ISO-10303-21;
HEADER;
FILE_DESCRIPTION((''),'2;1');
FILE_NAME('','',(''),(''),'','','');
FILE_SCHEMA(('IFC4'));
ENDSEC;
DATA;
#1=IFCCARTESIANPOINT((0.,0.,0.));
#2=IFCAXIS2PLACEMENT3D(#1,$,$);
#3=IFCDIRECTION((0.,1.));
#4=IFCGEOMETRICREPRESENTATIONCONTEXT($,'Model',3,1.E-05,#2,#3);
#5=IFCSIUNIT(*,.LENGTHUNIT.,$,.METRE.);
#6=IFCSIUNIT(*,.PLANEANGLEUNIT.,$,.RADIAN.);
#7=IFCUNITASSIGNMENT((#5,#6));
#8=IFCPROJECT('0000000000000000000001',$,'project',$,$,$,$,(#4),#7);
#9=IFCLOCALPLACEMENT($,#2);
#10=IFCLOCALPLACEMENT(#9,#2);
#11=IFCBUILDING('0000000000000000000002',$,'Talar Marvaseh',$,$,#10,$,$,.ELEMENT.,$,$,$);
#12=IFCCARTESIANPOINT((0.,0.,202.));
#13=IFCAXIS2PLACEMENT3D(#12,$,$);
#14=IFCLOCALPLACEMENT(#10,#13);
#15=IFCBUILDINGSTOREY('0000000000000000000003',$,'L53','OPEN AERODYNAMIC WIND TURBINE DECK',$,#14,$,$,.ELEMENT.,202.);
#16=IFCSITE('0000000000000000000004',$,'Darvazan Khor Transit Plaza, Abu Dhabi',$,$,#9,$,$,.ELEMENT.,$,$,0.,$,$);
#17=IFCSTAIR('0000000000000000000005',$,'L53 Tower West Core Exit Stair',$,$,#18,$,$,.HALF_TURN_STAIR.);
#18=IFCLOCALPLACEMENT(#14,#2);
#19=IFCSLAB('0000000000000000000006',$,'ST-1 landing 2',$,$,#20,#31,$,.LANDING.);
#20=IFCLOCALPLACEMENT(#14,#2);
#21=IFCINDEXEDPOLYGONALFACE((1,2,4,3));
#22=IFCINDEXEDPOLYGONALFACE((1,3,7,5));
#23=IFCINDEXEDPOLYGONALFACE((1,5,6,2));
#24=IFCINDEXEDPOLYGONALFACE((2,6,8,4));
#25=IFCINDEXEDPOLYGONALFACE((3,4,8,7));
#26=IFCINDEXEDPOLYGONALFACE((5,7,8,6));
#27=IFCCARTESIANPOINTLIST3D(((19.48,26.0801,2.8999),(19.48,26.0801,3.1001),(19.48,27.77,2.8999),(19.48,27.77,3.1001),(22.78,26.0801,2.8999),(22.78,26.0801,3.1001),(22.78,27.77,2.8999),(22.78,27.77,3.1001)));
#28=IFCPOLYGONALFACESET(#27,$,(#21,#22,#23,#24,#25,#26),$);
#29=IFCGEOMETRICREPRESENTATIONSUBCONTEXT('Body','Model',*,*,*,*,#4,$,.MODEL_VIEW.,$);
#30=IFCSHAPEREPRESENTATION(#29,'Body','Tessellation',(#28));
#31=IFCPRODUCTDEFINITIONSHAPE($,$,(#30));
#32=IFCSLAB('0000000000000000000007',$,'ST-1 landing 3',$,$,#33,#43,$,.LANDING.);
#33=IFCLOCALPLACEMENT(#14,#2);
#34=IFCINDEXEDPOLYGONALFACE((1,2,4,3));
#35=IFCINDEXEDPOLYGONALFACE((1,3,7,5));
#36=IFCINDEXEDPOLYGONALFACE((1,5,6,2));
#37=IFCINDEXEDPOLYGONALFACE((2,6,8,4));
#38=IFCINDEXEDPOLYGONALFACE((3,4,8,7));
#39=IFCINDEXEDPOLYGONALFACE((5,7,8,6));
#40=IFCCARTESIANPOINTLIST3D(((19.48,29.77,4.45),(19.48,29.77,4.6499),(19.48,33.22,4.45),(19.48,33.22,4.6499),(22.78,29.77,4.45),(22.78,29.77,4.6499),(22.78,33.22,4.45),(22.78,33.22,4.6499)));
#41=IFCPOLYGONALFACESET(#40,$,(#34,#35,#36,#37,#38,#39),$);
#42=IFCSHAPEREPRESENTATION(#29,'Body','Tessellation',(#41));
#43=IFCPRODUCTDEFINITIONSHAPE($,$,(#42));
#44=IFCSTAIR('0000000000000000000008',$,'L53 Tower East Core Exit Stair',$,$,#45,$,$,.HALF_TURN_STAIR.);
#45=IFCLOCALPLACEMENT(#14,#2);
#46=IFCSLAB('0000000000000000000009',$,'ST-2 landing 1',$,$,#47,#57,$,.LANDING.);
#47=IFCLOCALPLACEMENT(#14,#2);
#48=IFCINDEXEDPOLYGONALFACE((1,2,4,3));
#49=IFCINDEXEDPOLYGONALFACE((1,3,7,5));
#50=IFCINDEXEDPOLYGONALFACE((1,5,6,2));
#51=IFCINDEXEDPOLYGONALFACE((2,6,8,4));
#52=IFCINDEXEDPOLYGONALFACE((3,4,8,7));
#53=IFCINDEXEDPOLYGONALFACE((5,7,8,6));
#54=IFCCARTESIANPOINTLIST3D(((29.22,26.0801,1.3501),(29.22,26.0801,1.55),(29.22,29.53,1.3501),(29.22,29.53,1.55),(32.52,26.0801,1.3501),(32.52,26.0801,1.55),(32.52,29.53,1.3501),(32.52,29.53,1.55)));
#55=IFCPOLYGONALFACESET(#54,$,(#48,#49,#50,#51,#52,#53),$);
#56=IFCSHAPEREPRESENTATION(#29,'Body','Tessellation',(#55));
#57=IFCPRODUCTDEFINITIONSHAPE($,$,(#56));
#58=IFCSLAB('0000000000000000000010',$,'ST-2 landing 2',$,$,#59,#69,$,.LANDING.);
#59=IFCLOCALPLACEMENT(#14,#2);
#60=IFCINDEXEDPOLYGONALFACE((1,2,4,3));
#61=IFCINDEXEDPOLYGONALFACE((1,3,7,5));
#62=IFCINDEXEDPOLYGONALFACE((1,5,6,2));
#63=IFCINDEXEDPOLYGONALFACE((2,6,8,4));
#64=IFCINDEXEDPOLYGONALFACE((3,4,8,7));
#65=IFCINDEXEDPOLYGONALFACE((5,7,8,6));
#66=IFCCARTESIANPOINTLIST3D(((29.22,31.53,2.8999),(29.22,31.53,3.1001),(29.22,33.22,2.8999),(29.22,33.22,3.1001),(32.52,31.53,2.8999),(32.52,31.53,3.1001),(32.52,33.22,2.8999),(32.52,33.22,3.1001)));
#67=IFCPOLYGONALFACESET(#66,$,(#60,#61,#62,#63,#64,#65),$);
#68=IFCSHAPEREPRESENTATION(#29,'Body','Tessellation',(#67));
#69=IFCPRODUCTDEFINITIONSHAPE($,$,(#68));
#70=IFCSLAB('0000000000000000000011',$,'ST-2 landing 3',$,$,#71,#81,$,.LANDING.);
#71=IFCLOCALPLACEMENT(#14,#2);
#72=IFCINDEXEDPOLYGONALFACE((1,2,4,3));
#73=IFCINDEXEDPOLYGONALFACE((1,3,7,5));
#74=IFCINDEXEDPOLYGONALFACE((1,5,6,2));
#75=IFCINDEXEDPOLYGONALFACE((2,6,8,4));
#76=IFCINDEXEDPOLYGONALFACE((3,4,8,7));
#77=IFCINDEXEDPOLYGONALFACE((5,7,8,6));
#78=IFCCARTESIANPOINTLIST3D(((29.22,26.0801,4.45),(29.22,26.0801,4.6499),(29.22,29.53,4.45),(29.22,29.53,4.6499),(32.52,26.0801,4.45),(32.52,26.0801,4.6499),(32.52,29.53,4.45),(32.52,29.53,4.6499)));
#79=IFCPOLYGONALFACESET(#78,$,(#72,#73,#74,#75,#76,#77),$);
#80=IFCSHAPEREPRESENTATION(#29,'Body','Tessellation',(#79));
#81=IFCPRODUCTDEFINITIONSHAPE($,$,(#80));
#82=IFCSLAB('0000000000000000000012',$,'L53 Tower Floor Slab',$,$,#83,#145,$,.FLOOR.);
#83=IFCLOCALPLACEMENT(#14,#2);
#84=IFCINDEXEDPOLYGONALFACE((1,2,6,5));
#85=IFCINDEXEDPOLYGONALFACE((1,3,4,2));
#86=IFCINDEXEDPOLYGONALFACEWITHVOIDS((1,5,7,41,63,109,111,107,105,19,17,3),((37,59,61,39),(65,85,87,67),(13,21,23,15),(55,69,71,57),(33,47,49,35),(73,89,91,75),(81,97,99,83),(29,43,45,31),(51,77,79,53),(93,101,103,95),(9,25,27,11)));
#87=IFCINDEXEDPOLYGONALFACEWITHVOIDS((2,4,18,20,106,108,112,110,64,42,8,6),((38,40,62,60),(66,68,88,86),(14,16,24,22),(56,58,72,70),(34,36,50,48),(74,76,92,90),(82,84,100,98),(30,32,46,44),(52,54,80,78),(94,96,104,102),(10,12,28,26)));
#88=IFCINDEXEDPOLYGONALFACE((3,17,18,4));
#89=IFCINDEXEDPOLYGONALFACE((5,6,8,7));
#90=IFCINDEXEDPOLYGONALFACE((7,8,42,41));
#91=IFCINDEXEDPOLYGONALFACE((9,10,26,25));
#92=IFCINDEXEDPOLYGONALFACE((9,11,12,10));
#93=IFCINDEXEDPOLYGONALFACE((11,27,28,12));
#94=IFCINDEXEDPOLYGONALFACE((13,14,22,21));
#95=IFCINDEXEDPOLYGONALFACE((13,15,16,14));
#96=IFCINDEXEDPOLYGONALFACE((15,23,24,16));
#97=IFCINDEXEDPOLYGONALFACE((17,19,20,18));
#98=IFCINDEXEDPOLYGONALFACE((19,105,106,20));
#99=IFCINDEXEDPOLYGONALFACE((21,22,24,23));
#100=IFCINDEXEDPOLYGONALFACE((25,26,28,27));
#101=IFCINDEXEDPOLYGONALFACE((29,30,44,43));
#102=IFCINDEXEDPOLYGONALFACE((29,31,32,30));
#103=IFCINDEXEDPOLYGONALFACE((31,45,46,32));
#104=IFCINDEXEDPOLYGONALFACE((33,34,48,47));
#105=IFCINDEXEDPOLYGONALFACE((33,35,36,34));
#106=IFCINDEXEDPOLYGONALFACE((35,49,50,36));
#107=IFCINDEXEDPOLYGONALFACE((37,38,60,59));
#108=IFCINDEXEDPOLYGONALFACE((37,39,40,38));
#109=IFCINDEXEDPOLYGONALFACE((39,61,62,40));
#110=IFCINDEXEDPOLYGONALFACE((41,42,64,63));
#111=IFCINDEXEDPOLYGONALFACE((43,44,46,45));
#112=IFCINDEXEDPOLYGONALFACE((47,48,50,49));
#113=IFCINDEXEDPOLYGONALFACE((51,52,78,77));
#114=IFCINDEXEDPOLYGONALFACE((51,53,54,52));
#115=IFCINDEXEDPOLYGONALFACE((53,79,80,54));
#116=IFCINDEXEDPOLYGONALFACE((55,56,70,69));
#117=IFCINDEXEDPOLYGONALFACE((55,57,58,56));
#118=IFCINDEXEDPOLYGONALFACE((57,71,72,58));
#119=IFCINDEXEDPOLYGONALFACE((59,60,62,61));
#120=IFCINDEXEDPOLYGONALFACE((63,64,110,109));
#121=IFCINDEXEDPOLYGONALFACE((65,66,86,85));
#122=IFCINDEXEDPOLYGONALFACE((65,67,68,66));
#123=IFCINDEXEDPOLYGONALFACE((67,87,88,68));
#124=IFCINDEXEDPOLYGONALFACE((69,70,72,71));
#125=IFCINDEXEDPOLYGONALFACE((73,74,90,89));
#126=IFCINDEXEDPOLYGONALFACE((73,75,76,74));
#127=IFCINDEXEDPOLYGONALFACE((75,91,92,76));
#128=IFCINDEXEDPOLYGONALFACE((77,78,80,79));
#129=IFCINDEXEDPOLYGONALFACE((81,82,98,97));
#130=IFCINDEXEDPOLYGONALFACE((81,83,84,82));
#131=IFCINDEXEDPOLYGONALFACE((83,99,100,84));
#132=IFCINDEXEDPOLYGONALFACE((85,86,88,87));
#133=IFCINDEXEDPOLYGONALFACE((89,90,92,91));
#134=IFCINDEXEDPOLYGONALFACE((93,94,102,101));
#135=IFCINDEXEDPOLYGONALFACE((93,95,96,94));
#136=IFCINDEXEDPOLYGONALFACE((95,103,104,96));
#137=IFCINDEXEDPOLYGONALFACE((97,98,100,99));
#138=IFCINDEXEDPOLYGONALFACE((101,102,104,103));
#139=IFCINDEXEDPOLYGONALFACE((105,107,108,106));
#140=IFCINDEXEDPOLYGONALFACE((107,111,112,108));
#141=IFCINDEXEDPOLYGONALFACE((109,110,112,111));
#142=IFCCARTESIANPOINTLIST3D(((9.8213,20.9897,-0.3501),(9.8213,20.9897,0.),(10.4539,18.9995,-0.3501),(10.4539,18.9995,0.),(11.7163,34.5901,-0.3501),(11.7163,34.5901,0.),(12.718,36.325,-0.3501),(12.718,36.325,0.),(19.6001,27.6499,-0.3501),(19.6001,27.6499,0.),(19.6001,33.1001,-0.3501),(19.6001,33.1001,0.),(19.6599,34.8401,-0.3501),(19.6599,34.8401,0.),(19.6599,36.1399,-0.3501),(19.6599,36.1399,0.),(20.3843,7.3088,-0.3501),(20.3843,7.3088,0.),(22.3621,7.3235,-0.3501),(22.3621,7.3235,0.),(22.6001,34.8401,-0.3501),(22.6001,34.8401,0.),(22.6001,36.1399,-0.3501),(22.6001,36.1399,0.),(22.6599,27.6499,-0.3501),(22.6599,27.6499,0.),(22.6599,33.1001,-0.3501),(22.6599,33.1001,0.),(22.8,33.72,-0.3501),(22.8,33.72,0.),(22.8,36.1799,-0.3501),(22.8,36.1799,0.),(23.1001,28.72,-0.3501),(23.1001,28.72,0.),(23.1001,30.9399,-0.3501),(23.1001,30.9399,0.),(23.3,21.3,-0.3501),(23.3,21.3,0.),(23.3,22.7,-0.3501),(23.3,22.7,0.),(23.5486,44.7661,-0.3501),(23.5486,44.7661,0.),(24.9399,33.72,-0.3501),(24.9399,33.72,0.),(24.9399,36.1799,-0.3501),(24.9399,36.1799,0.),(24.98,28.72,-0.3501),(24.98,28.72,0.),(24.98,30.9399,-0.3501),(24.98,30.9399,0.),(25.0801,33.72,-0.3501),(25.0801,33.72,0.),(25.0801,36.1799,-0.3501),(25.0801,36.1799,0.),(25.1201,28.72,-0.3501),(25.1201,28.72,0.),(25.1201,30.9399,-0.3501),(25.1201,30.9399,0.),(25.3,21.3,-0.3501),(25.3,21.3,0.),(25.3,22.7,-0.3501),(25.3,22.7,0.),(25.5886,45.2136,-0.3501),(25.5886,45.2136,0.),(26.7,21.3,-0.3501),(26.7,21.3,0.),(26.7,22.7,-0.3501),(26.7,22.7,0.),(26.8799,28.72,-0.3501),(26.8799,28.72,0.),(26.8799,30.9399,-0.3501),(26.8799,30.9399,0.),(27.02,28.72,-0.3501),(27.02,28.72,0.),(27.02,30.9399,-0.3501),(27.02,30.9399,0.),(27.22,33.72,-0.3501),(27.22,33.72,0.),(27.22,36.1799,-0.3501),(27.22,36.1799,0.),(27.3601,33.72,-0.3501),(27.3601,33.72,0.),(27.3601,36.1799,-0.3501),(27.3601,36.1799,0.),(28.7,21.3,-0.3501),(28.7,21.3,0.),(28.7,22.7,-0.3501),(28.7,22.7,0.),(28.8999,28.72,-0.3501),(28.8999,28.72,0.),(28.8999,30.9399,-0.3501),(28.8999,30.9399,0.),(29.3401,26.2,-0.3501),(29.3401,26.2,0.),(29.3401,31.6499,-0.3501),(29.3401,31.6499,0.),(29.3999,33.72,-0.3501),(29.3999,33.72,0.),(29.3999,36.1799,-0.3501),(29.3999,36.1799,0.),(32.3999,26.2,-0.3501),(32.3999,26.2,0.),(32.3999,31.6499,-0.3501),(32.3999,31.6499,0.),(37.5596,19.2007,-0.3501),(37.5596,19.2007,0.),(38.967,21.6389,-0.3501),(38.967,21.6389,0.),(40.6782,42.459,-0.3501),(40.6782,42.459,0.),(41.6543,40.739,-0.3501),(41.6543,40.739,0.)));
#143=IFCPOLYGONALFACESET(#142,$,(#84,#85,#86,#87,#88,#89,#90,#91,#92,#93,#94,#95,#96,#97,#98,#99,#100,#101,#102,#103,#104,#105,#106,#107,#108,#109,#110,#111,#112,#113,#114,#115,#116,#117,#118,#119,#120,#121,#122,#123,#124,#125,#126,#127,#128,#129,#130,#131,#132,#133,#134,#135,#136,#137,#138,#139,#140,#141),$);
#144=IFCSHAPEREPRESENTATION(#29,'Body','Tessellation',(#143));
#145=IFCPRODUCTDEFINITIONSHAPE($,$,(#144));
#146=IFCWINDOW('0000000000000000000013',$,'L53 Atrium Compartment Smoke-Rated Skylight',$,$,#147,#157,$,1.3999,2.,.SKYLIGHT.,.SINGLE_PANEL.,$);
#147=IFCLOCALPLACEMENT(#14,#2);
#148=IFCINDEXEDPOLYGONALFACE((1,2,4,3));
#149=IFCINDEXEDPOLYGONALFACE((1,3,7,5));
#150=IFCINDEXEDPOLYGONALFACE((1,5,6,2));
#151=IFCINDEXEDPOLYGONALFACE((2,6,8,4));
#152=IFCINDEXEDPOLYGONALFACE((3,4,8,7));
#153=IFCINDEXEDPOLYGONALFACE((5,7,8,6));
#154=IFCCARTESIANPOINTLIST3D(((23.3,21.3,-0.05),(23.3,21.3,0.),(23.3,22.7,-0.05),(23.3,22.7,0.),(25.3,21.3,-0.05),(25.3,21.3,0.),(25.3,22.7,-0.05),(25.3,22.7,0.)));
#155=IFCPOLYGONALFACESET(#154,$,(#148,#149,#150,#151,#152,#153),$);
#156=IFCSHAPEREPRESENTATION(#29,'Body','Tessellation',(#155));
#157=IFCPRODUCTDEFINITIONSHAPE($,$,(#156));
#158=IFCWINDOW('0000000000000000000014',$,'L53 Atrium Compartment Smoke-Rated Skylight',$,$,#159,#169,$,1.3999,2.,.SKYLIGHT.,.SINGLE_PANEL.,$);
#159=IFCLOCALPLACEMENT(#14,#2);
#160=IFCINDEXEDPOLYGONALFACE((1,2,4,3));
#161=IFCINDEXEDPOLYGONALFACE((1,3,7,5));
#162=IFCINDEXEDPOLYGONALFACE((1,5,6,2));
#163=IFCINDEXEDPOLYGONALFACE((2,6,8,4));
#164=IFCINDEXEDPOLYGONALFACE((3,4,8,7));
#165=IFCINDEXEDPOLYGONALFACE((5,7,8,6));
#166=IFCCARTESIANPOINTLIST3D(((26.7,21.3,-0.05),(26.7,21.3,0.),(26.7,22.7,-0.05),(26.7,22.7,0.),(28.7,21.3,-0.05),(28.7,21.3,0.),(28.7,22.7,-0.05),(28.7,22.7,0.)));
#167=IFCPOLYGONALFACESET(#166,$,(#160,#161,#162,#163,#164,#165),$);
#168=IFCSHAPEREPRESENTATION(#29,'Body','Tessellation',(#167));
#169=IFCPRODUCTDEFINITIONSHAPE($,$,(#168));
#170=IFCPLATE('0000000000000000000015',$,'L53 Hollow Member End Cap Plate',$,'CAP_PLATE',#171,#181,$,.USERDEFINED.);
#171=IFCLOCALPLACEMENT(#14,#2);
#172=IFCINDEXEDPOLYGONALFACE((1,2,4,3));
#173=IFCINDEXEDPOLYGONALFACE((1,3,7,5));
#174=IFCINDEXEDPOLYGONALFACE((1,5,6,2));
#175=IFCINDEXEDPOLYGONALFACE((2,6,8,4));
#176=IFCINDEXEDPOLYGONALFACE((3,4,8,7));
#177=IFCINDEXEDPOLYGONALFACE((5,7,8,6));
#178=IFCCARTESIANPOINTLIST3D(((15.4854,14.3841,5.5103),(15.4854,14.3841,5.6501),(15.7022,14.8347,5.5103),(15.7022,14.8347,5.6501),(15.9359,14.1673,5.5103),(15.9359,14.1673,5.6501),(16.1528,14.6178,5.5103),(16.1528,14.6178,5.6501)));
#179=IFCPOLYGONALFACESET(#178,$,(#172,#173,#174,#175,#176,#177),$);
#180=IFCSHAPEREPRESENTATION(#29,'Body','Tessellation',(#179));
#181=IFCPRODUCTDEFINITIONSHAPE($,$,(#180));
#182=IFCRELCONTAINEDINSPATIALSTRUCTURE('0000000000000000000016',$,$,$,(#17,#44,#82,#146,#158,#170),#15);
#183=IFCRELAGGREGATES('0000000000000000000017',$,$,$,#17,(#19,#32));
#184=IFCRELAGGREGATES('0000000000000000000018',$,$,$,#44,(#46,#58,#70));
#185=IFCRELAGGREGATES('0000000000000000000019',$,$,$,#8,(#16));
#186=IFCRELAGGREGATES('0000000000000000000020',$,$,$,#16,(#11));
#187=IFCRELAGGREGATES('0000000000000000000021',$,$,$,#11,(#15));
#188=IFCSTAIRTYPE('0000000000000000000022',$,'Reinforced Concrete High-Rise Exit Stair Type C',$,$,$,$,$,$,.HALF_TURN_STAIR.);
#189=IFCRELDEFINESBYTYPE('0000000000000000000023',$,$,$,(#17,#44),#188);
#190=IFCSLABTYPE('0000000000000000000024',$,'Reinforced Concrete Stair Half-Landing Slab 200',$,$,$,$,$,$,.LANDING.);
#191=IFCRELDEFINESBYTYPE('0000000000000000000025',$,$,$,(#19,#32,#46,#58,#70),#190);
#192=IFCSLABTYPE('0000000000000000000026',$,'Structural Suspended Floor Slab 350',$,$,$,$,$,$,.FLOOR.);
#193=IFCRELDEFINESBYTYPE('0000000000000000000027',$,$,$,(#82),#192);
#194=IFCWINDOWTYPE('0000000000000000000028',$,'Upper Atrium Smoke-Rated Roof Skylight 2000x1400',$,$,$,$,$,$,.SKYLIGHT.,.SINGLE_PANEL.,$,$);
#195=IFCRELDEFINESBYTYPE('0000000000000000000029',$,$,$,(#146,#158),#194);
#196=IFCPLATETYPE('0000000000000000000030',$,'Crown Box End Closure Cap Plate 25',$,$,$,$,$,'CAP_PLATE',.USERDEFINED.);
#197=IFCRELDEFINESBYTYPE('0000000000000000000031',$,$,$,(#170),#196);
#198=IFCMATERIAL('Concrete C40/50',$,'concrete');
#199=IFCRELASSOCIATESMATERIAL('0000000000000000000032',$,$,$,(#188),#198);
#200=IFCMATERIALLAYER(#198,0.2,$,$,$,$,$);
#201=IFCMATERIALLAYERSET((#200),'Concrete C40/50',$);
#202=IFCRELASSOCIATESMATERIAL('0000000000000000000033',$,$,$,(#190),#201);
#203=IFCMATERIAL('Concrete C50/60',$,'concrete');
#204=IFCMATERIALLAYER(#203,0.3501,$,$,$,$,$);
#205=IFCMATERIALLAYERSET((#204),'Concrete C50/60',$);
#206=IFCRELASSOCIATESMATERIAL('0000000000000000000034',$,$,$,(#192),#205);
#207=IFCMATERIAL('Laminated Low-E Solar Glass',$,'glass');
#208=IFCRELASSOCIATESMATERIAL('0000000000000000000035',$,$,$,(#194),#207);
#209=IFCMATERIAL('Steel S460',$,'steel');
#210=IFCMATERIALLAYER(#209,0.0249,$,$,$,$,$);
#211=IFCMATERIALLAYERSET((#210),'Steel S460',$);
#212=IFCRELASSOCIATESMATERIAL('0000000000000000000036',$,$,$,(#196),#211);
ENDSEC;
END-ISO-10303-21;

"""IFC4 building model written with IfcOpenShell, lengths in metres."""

from ifc_helpers import new_model, si_unit, direction, frame, origin, origin_2d, place, context, subcontext, project, spatial, polyline, rectangle, outline, extrude, source, transform, mapped, material, layer, layer_set, type_object, type_shapes, element, fill, aggregate, save


model = new_model("IFC4")

# Units and contexts
model_context = context("Model", 3, precision=1e-05, world=origin(), true_north=direction((0.0, 1.0)))
body_context = subcontext(model_context, "Body", "Model", "MODEL_VIEW")
ifc_project = project(units=[si_unit("LENGTHUNIT", "METRE"), si_unit("PLANEANGLEUNIT", "RADIAN")], contexts=[model_context])

# Site, building, storey
site_placement = place(None, origin())
site = spatial("IfcSite", under=ifc_project, at=site_placement, Name="Darvazan Khor Transit Plaza, Abu Dhabi", CompositionType="ELEMENT", RefElevation=0.0)
building_placement = place(site_placement, origin())
building = spatial("IfcBuilding", under=site, at=building_placement, Name="Talar Marvaseh", CompositionType="ELEMENT")
storey_placement = place(building_placement, frame((0.0, 0.0, 202.0)))
storey = spatial("IfcBuildingStorey", under=building, at=storey_placement, Name="L53", Description="OPEN AERODYNAMIC WIND TURBINE DECK", CompositionType="ELEMENT", Elevation=202.0)

# Shared definitions
ifc_material_1 = material(Name="Steel S460", Category="steel")

# Stairs, slabs
ifc_material_2 = material(Name="Concrete C40/50", Category="concrete")
stair_type = type_object("IfcStairType", Name="Reinforced Concrete High-Rise Exit Stair Type C", PredefinedType="HALF_TURN_STAIR", material=ifc_material_2)
stair_1_placement = place(storey_placement, origin())
stair_1 = element("IfcStair", 1, at=stair_1_placement, inside=storey, type_object=stair_type, Name="L53 Tower West Core Exit Stair", PredefinedType="HALF_TURN_STAIR")
ifc_layer_1 = layer(ifc_material_2, 0.2)
ifc_layer_set_1 = layer_set([ifc_layer_1], Name="Concrete C40/50")
slab_type_1 = type_object("IfcSlabType", Name="Reinforced Concrete Stair Half-Landing Slab 200", PredefinedType="LANDING", material=ifc_layer_set_1)
slab_1_placement = place(storey_placement, frame((0.0, 0.0, 2.8999)))
slab_1 = element("IfcSlab", 2, at=slab_1_placement, type_object=slab_type_1, Name="ST-1 landing 2", PredefinedType="LANDING", context=body_context, shape_type="SweptSolid", body=[
    extrude(outline(polyline([(22.78, 26.0801), (22.78, 27.77), (19.48, 27.77), (19.48, 26.0801), (22.78, 26.0801)])), origin(), (0.0, 0.0, 1.0), 0.2002),
])
slab_2_placement = place(storey_placement, frame((0.0, 0.0, 4.45)))
slab_2 = element("IfcSlab", 3, at=slab_2_placement, type_object=slab_type_1, Name="ST-1 landing 3", PredefinedType="LANDING", context=body_context, shape_type="SweptSolid", body=[
    extrude(outline(polyline([(22.78, 29.77), (22.78, 33.22), (19.48, 33.22), (19.48, 29.77), (22.78, 29.77)])), origin(), (0.0, 0.0, 1.0), 0.2),
])
aggregate(stair_1, [slab_1, slab_2])
stair_2_placement = place(storey_placement, origin())
stair_2 = element("IfcStair", 4, at=stair_2_placement, inside=storey, type_object=stair_type, Name="L53 Tower East Core Exit Stair", PredefinedType="HALF_TURN_STAIR")
slab_3_placement = place(storey_placement, frame((0.0, 0.0, 1.3501)))
slab_3 = element("IfcSlab", 5, at=slab_3_placement, type_object=slab_type_1, Name="ST-2 landing 1", PredefinedType="LANDING", context=body_context, shape_type="SweptSolid", body=[
    extrude(outline(polyline([(29.22, 29.53), (29.22, 26.0801), (32.52, 26.0801), (32.52, 29.53), (29.22, 29.53)])), origin(), (0.0, 0.0, 1.0), 0.2),
])
slab_4_placement = place(storey_placement, frame((0.0, 0.0, 2.8999)))
slab_4 = element("IfcSlab", 6, at=slab_4_placement, type_object=slab_type_1, Name="ST-2 landing 2", PredefinedType="LANDING", context=body_context, shape_type="SweptSolid", body=[
    extrude(outline(polyline([(29.22, 33.22), (29.22, 31.53), (32.52, 31.53), (32.52, 33.22), (29.22, 33.22)])), origin(), (0.0, 0.0, 1.0), 0.2002),
])
slab_5_placement = place(storey_placement, frame((0.0, 0.0, 4.45)))
slab_5 = element("IfcSlab", 7, at=slab_5_placement, type_object=slab_type_1, Name="ST-2 landing 3", PredefinedType="LANDING", context=body_context, shape_type="SweptSolid", body=[
    extrude(outline(polyline([(29.22, 29.53), (29.22, 26.0801), (32.52, 26.0801), (32.52, 29.53), (29.22, 29.53)])), origin(), (0.0, 0.0, 1.0), 0.2),
])
aggregate(stair_2, [slab_3, slab_4, slab_5])

# Slab, openings, windows
ifc_material_3 = material(Name="Concrete C50/60", Category="concrete")
ifc_layer_2 = layer(ifc_material_3, 0.3501)
ifc_layer_set_2 = layer_set([ifc_layer_2], Name="Concrete C50/60")
slab_type_2 = type_object("IfcSlabType", Name="Structural Suspended Floor Slab 350", PredefinedType="FLOOR", material=ifc_layer_set_2)
slab_6_placement = place(storey_placement, frame((0.0, 0.0, -0.3501)))
slab_6 = element("IfcSlab", 8, at=slab_6_placement, inside=storey, type_object=slab_type_2, Name="L53 Tower Floor Slab", PredefinedType="FLOOR", context=body_context, shape_type="SweptSolid", body=[
    extrude(outline(polyline([(22.3621, 7.3235), (20.3843, 7.3088), (10.4539, 18.9995), (9.8213, 20.9897), (11.7163, 34.5901), (12.718, 36.325), (23.5486, 44.7661), (25.5886, 45.2136), (40.6782, 42.459), (41.6543, 40.739), (38.967, 21.6389), (37.5596, 19.2007), (22.3621, 7.3235)]), holes=[polyline([(22.6599, 27.6499), (22.6599, 33.1001), (19.6001, 33.1001), (19.6001, 27.6499), (22.6599, 27.6499)]), polyline([(29.3401, 31.6499), (29.3401, 26.2), (32.3999, 26.2), (32.3999, 31.6499), (29.3401, 31.6499)]), polyline([(22.8, 33.72), (24.9399, 33.72), (24.9399, 36.1799), (22.8, 36.1799), (22.8, 33.72)]), polyline([(25.0801, 33.72), (27.22, 33.72), (27.22, 36.1799), (25.0801, 36.1799), (25.0801, 33.72)]), polyline([(27.3601, 33.72), (29.3999, 33.72), (29.3999, 36.1799), (27.3601, 36.1799), (27.3601, 33.72)]), polyline([(23.1001, 28.72), (24.98, 28.72), (24.98, 30.9399), (23.1001, 30.9399), (23.1001, 28.72)]), polyline([(25.1201, 28.72), (26.8799, 28.72), (26.8799, 30.9399), (25.1201, 30.9399), (25.1201, 28.72)]), polyline([(27.02, 28.72), (28.8999, 28.72), (28.8999, 30.9399), (27.02, 30.9399), (27.02, 28.72)]), polyline([(19.6599, 34.8401), (22.6001, 34.8401), (22.6001, 36.1399), (19.6599, 36.1399), (19.6599, 34.8401)])]), origin(), (0.0, 0.0, 1.0), 0.3501),
])
opening_1_placement = place(slab_6_placement, frame((24.3, 22.0, -0.01)))
opening_1 = element("IfcOpeningElement", 9, at=opening_1_placement, cuts=slab_6, PredefinedType="OPENING", context=body_context, shape_type="SweptSolid", body=[
    extrude(rectangle(XDim=2.0, YDim=1.3999, at=origin_2d()), origin(), (0.0, 0.0, 1.0), 0.3701),
])
opening_2_placement = place(slab_6_placement, frame((27.7, 22.0, -0.01)))
opening_2 = element("IfcOpeningElement", 10, at=opening_2_placement, cuts=slab_6, PredefinedType="OPENING", context=body_context, shape_type="SweptSolid", body=[
    extrude(rectangle(XDim=2.0, YDim=1.3999, at=origin_2d()), origin(), (0.0, 0.0, 1.0), 0.3701),
])
ifc_material_4 = material(Name="Laminated Low-E Solar Glass", Category="glass")
window_type = type_object("IfcWindowType", Name="Upper Atrium Smoke-Rated Roof Skylight 2000x1400", PartitioningType="SINGLE_PANEL", PredefinedType="SKYLIGHT", material=ifc_material_4)
window_1_placement = place(slab_6_placement, frame((24.3, 22.0, 0.3)))
window_1 = element("IfcWindow", 11, at=window_1_placement, inside=storey, type_object=window_type, Name="L53 Atrium Compartment Smoke-Rated Skylight", OverallHeight=1.3999, OverallWidth=2.0, PartitioningType="SINGLE_PANEL", PredefinedType="SKYLIGHT", context=body_context, shape_type="SweptSolid", body=[
    extrude(rectangle(XDim=2.0, YDim=1.3999, at=origin_2d()), origin(), (0.0, 0.0, 1.0), 0.05),
])
fill(opening_1, window_1)
window_2_placement = place(slab_6_placement, frame((27.7, 22.0, 0.3)))
window_2 = element("IfcWindow", 12, at=window_2_placement, inside=storey, type_object=window_type, Name="L53 Atrium Compartment Smoke-Rated Skylight", OverallHeight=1.3999, OverallWidth=2.0, PartitioningType="SINGLE_PANEL", PredefinedType="SKYLIGHT", context=body_context, shape_type="SweptSolid", body=[
    extrude(rectangle(XDim=2.0, YDim=1.3999, at=origin_2d()), origin(), (0.0, 0.0, 1.0), 0.05),
])
fill(opening_2, window_2)

# Plate
ifc_layer_3 = layer(ifc_material_1, 0.0249)
ifc_layer_set_3 = layer_set([ifc_layer_3], Name="Steel S460")
plate_type = type_object("IfcPlateType", Name="Crown Box End Closure Cap Plate 25", ElementType="CAP_PLATE", PredefinedType="USERDEFINED", material=ifc_layer_set_3)
shared_shape_1 = source(origin(), body_context, "Body", "SweptSolid", [
    extrude(rectangle(XDim=0.5, YDim=0.5, at=origin_2d()), origin(), (0.0, 0.0, 1.0), 0.1399),
])
type_shapes(plate_type, [shared_shape_1])
plate_placement = place(storey_placement, frame((15.8191, 14.501, 5.5103), z_axis=(0.0, 0.0, 1.0), x_axis=(-0.901077, 0.433659, 0.0)))
element("IfcPlate", 13, at=plate_placement, inside=storey, type_object=plate_type, Name="L53 Hollow Member End Cap Plate", ObjectType="CAP_PLATE", PredefinedType="USERDEFINED", context=body_context, shape_type="MappedRepresentation", body=[
    mapped(shared_shape_1, transform((0.0, 0.0, 0.0), x_axis=(1.0, 0.0, 0.0), y_axis=(0.0, 1.0, 0.0), z_axis=(0.0, 0.0, 1.0), scale=1.0)),
])

save(model, "model.ifc")
